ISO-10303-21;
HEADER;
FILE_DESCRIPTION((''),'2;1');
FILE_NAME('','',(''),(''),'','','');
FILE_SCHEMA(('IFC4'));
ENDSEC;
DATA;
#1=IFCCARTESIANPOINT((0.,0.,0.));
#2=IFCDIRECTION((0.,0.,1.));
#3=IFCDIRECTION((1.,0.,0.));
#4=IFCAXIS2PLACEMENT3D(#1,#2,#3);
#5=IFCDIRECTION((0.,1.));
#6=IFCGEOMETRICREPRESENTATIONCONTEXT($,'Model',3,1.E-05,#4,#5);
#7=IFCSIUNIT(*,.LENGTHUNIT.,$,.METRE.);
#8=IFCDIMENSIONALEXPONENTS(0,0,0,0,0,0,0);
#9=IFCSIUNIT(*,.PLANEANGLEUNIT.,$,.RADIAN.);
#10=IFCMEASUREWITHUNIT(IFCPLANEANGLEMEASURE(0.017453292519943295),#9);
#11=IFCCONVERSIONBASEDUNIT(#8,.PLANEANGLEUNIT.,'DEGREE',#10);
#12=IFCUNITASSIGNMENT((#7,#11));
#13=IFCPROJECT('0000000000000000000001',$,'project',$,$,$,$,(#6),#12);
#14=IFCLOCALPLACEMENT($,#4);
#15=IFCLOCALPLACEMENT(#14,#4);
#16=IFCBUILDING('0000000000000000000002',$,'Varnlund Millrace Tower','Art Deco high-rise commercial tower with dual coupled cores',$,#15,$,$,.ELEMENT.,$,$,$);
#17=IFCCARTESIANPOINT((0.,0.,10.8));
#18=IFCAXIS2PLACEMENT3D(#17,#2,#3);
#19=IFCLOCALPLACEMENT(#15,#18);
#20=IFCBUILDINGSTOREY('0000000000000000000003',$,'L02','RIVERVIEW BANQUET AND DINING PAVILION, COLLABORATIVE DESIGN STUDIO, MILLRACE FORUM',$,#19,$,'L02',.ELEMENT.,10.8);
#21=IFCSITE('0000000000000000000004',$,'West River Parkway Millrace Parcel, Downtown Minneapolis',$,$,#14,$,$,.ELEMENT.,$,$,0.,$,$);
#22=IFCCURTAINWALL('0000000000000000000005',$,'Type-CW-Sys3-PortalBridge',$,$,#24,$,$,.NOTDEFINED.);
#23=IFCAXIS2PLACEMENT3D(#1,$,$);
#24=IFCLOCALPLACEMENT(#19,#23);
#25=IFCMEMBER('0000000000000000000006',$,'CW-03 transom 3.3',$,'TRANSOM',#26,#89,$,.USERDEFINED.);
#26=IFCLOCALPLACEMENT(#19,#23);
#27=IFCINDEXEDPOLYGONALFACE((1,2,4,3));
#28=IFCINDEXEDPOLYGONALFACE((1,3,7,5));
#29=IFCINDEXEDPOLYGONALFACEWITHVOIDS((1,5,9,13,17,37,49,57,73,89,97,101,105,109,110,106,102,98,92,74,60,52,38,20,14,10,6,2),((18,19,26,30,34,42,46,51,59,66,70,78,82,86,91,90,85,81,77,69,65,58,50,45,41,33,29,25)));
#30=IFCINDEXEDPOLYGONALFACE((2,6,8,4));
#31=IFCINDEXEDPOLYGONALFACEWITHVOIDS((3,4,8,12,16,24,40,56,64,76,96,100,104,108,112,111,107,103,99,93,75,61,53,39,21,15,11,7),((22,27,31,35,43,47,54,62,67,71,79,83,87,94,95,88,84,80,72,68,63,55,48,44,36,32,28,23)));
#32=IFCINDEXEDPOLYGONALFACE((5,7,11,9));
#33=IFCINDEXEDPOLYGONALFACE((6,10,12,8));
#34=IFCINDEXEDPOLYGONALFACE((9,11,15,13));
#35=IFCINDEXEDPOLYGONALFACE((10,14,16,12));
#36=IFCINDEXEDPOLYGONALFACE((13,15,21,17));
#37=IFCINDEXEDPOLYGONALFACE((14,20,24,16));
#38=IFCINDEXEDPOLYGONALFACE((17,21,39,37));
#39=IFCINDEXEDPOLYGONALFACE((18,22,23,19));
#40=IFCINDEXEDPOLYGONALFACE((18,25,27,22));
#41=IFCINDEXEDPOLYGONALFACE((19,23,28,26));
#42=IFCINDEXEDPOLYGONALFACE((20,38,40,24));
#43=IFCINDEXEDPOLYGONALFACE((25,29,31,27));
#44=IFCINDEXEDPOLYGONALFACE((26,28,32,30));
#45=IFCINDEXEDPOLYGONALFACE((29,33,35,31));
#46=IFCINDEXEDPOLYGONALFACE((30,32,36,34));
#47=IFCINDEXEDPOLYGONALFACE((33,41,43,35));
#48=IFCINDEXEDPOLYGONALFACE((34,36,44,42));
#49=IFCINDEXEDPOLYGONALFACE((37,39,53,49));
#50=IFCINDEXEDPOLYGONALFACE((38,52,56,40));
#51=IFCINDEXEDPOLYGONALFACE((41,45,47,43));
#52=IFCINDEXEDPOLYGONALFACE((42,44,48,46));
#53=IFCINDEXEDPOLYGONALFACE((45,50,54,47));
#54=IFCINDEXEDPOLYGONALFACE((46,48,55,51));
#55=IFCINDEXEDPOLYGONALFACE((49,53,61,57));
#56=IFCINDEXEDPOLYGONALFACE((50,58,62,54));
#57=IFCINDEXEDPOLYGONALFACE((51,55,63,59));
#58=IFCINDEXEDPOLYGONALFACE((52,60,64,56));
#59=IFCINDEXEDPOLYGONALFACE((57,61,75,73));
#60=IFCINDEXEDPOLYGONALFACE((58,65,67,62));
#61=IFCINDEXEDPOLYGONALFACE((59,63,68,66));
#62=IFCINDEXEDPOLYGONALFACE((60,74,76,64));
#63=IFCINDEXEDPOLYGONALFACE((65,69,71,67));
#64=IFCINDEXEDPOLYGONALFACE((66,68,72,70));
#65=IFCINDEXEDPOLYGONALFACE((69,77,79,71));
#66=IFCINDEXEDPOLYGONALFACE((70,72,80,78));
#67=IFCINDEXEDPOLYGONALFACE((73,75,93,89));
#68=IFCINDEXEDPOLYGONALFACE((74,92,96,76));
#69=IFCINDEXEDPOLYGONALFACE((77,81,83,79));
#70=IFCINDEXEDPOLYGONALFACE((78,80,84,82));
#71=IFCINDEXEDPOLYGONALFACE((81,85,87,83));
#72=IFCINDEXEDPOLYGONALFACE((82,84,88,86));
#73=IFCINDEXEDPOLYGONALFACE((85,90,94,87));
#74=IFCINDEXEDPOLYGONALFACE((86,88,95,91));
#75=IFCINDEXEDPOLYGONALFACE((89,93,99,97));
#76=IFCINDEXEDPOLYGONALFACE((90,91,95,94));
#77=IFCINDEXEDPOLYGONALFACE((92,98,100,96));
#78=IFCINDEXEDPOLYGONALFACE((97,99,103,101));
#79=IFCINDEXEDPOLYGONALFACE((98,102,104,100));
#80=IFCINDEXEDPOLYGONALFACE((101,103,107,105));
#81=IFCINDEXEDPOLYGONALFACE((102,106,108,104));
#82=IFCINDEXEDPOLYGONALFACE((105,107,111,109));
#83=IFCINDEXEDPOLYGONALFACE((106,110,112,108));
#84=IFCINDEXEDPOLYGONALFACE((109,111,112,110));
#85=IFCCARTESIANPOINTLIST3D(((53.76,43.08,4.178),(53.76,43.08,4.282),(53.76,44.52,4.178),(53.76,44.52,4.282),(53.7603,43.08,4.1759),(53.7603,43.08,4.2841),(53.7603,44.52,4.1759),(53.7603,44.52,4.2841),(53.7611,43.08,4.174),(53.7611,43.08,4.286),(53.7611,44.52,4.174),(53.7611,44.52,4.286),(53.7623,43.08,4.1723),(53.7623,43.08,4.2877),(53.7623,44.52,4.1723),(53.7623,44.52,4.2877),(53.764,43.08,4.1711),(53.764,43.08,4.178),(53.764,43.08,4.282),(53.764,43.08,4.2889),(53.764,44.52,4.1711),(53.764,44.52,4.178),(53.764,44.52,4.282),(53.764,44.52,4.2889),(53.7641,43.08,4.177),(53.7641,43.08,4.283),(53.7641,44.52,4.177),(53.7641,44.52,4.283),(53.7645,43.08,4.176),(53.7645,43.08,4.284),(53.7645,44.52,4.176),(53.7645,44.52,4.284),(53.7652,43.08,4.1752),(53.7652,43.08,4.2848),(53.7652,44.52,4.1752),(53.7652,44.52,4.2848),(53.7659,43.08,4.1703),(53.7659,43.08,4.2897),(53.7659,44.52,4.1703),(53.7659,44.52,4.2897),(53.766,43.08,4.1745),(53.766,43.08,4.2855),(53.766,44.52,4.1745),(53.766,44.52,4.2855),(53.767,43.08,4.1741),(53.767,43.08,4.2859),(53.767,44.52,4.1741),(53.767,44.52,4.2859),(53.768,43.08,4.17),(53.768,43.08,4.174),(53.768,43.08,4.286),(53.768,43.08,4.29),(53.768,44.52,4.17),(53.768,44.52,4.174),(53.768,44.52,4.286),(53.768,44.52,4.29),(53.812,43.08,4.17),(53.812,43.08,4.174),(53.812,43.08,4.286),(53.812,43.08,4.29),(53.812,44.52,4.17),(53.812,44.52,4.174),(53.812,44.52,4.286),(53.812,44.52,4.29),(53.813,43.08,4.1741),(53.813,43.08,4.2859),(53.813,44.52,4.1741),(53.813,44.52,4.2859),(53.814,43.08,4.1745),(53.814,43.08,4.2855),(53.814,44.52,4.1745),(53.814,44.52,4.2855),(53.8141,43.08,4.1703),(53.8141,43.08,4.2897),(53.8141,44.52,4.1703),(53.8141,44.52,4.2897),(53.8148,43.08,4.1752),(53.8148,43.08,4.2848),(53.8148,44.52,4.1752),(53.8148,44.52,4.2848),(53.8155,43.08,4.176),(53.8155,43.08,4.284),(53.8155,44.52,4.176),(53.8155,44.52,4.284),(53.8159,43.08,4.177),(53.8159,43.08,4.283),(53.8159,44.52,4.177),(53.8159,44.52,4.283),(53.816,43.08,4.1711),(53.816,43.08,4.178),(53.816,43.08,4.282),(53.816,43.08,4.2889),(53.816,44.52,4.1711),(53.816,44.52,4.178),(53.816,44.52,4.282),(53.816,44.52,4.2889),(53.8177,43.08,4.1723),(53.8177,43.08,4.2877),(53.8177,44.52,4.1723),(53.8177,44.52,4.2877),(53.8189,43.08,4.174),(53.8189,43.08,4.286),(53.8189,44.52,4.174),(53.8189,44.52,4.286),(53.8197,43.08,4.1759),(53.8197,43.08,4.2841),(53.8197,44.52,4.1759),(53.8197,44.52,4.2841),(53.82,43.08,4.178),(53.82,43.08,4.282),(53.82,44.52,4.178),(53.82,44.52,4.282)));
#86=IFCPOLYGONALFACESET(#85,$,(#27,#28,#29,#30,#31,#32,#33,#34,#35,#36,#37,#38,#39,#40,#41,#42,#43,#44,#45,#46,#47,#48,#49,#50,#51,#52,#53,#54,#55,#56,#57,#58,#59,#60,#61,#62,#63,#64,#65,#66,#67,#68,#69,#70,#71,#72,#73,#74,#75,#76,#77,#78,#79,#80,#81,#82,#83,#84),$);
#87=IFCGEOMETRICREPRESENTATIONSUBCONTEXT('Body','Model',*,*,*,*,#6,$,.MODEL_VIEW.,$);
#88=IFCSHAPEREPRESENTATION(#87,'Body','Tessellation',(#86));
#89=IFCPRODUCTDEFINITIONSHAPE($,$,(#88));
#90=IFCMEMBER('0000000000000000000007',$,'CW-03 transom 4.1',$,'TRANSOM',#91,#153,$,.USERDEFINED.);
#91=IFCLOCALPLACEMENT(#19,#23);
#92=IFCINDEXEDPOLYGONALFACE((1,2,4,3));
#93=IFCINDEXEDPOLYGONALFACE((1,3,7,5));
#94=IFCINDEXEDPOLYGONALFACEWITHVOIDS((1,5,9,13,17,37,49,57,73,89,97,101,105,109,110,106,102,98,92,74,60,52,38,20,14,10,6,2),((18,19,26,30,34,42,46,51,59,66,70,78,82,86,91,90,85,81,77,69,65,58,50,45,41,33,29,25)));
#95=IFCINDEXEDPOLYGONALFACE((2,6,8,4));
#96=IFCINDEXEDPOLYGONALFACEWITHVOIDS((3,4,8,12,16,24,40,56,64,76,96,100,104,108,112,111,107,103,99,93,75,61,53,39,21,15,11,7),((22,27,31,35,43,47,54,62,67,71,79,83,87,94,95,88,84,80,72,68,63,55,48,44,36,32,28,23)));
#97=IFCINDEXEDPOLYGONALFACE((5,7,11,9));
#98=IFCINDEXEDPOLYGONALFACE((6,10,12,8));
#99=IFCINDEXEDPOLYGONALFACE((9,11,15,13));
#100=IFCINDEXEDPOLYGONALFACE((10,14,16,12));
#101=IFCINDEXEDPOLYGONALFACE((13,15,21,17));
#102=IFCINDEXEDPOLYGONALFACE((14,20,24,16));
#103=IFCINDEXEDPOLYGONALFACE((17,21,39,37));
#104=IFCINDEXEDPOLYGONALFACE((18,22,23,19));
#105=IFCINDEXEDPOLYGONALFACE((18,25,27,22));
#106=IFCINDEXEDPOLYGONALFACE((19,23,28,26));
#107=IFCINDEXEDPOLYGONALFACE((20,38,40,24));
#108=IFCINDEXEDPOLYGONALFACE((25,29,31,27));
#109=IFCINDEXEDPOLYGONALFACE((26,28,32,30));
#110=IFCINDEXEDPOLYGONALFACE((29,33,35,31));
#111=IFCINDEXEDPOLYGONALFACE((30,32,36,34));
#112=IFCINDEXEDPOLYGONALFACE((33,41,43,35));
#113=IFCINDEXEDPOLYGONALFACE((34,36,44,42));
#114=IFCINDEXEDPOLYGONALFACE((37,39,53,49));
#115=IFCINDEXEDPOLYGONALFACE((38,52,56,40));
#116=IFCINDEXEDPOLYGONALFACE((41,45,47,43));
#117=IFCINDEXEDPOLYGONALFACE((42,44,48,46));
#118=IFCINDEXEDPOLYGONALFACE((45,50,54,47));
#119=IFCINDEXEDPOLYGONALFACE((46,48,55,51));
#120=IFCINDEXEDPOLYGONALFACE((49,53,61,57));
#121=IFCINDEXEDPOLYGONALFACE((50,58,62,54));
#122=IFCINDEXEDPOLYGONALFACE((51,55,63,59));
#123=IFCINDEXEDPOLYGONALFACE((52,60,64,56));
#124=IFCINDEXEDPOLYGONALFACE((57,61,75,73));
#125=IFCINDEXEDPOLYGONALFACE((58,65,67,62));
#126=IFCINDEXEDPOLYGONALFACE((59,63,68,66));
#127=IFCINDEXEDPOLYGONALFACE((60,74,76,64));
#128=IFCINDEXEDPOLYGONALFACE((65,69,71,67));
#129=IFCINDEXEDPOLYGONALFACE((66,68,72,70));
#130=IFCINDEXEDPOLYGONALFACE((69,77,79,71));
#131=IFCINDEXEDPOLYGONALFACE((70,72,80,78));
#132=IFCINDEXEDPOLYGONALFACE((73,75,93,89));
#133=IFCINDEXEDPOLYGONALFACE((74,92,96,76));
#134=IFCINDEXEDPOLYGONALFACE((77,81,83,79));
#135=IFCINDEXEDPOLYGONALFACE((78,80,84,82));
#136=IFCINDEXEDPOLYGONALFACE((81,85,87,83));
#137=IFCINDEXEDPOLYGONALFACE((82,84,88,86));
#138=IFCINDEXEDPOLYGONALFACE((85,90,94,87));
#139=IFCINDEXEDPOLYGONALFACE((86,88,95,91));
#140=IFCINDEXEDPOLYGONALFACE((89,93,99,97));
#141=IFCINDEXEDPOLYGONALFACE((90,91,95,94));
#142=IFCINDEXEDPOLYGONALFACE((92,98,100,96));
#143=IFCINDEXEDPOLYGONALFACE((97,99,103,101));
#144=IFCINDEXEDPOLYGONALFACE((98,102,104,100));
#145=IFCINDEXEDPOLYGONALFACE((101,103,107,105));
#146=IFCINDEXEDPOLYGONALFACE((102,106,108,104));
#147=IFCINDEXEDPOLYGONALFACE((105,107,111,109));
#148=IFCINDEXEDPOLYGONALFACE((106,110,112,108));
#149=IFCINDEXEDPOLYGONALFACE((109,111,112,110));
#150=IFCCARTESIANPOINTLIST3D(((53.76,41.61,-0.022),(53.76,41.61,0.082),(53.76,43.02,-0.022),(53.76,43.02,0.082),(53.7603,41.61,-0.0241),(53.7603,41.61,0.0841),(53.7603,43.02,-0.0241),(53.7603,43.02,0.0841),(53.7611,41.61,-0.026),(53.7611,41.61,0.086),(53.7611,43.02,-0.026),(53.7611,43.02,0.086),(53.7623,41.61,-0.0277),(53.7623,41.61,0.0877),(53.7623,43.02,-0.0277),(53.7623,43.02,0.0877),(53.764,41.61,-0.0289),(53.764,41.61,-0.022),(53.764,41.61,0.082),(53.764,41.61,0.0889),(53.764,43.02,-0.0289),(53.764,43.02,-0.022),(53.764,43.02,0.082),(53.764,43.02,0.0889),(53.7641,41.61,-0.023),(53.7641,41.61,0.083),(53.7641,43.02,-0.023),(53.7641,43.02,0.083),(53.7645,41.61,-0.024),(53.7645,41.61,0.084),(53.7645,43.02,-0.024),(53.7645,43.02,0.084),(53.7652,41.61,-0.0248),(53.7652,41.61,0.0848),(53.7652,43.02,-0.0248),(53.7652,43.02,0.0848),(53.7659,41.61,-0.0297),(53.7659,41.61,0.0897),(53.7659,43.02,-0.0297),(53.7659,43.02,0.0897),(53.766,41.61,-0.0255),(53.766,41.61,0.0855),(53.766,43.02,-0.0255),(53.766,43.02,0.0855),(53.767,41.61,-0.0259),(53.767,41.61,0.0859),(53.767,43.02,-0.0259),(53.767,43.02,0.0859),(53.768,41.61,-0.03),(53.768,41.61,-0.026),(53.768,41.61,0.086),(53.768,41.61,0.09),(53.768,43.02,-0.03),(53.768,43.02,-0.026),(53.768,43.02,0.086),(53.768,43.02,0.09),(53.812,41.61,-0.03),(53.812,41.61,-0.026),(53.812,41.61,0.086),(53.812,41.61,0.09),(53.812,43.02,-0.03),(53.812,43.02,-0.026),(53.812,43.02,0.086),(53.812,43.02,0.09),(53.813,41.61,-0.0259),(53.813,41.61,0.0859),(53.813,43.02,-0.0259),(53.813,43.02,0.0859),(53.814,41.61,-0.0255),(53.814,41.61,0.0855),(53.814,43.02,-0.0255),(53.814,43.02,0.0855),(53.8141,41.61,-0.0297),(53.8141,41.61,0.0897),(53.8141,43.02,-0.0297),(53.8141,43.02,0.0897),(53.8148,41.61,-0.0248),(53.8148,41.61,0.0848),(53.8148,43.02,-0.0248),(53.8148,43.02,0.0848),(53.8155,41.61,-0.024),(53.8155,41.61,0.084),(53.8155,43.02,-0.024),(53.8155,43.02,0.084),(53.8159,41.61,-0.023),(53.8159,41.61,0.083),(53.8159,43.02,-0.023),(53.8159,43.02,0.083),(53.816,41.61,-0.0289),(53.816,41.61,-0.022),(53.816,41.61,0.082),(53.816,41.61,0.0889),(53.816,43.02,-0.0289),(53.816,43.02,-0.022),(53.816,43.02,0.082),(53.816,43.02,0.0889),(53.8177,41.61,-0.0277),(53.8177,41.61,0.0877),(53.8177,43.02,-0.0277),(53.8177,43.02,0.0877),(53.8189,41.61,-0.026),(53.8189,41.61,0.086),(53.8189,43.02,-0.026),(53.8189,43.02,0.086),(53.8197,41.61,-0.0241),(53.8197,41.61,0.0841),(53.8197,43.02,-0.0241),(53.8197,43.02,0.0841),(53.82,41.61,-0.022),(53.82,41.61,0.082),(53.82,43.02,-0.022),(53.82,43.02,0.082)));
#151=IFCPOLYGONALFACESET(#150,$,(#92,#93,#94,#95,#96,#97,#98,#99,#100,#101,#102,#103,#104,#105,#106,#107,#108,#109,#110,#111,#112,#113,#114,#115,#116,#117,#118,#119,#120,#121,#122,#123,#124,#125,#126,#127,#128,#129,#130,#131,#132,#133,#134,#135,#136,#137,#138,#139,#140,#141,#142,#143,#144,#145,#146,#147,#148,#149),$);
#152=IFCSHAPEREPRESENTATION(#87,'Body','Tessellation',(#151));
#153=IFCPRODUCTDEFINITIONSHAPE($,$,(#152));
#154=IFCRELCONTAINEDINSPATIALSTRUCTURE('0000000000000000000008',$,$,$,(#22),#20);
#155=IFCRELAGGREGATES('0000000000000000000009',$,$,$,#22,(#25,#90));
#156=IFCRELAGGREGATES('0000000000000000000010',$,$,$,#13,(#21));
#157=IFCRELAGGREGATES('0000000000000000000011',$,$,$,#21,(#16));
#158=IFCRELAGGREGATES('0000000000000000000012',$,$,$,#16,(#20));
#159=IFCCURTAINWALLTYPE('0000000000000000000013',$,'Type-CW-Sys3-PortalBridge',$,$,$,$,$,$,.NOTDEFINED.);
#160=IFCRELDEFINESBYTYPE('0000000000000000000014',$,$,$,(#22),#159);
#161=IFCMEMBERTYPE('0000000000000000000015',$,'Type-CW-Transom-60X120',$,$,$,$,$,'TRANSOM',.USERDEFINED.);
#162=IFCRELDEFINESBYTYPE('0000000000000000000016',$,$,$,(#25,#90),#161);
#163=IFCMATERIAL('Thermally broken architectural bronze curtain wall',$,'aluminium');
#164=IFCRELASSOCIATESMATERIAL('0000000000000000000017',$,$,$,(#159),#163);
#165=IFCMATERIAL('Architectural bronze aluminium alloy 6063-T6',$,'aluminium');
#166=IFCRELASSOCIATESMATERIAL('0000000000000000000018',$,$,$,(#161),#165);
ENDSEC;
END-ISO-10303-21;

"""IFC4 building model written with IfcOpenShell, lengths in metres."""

from ifc_helpers import new_model, entity, si_unit, converted_unit, direction, frame, origin_with_axes, origin_2d_with_axis, place, context, subcontext, project, spatial, hollow_rectangle, extrude, material, material_profile, profile_set, type_object, element, aggregate, save


model = new_model("IFC4")

# Units and contexts
model_context = context("Model", 3, precision=1e-05, world=origin_with_axes(), true_north=direction((0.0, 1.0)))
body_context = subcontext(model_context, "Body", "Model", "MODEL_VIEW")
ifc_project = project(units=[si_unit("LENGTHUNIT", "METRE"), converted_unit("PLANEANGLEUNIT", "DEGREE", entity("IfcPlaneAngleMeasure", 0.017453292519943295), si_unit("PLANEANGLEUNIT", "RADIAN"), dimensions=[0, 0, 0, 0, 0, 0, 0])], contexts=[model_context])

# Site, building, storey
site_placement = place(None, origin_with_axes())
site = spatial("IfcSite", under=ifc_project, at=site_placement, Name="West River Parkway Millrace Parcel, Downtown Minneapolis", CompositionType="ELEMENT", RefElevation=0.0)
building_placement = place(site_placement, origin_with_axes())
building = spatial("IfcBuilding", under=site, at=building_placement, Name="Varnlund Millrace Tower", Description="Art Deco high-rise commercial tower with dual coupled cores", CompositionType="ELEMENT")
storey_placement = place(building_placement, frame((0.0, 0.0, 10.8), z_axis=(0.0, 0.0, 1.0), x_axis=(1.0, 0.0, 0.0)))
storey = spatial("IfcBuildingStorey", under=building, at=storey_placement, Name="L02", Description="RIVERVIEW BANQUET AND DINING PAVILION, COLLABORATIVE DESIGN STUDIO, MILLRACE FORUM", LongName="L02", CompositionType="ELEMENT", Elevation=10.8)

# Curtain wall, members
ifc_material_1 = material(Name="Thermally broken architectural bronze curtain wall", Category="aluminium")
curtain_wall_type = type_object("IfcCurtainWallType", Name="Type-CW-Sys3-PortalBridge", PredefinedType="NOTDEFINED", material=ifc_material_1)
curtain_wall_placement = place(storey_placement, frame((53.79, 47.55, 0.0), z_axis=(0.0, 0.0, 1.0), x_axis=(1.0, 0.0, 0.0)))
curtain_wall = element("IfcCurtainWall", 1, at=curtain_wall_placement, inside=storey, type_object=curtain_wall_type, Name="Type-CW-Sys3-PortalBridge", PredefinedType="NOTDEFINED")
ifc_material_2 = material(Name="Architectural bronze aluminium alloy 6063-T6", Category="aluminium")
ifc_material_profile_1 = material_profile(ifc_material_2, hollow_rectangle(XDim=0.06, YDim=0.12, WallThickness=0.004, InnerFilletRadius=0.004, OuterFilletRadius=0.008, at=origin_2d_with_axis()), Name="Architectural bronze aluminium alloy 6063-T6")
ifc_profile_set_1 = profile_set([ifc_material_profile_1], Name="Architectural bronze aluminium alloy 6063-T6")
member_type_1 = type_object("IfcMemberType", Name="Type-CW-Transom-60X120", ElementType="TRANSOM", PredefinedType="USERDEFINED", material=ifc_profile_set_1)
member_1_placement = place(storey_placement, frame((53.79, 44.52, 4.23), z_axis=(0.0, -1.0, 0.0), x_axis=(1.0, 0.0, 0.0)))
member_1 = element("IfcMember", 2, at=member_1_placement, type_object=member_type_1, Name="CW-03 transom 3.3", ObjectType="TRANSOM", PredefinedType="USERDEFINED", context=body_context, shape_type="SweptSolid", body=[
    extrude(hollow_rectangle(XDim=0.06, YDim=0.12, WallThickness=0.004, InnerFilletRadius=0.004, OuterFilletRadius=0.008, at=origin_2d_with_axis()), origin_with_axes(), (0.0, 0.0, 1.0), 1.44),
])
member_2_placement = place(storey_placement, frame((53.79, 43.02, 0.03), z_axis=(0.0, -1.0, 0.0), x_axis=(1.0, 0.0, 0.0)))
member_2 = element("IfcMember", 3, at=member_2_placement, type_object=member_type_1, Name="CW-03 transom 4.1", ObjectType="TRANSOM", PredefinedType="USERDEFINED", context=body_context, shape_type="SweptSolid", body=[
    extrude(hollow_rectangle(XDim=0.06, YDim=0.12, WallThickness=0.004, InnerFilletRadius=0.004, OuterFilletRadius=0.008, at=origin_2d_with_axis()), origin_with_axes(), (0.0, 0.0, 1.0), 1.41),
])

aggregate(curtain_wall, [member_1, member_2])

save(model, "model.ifc")
